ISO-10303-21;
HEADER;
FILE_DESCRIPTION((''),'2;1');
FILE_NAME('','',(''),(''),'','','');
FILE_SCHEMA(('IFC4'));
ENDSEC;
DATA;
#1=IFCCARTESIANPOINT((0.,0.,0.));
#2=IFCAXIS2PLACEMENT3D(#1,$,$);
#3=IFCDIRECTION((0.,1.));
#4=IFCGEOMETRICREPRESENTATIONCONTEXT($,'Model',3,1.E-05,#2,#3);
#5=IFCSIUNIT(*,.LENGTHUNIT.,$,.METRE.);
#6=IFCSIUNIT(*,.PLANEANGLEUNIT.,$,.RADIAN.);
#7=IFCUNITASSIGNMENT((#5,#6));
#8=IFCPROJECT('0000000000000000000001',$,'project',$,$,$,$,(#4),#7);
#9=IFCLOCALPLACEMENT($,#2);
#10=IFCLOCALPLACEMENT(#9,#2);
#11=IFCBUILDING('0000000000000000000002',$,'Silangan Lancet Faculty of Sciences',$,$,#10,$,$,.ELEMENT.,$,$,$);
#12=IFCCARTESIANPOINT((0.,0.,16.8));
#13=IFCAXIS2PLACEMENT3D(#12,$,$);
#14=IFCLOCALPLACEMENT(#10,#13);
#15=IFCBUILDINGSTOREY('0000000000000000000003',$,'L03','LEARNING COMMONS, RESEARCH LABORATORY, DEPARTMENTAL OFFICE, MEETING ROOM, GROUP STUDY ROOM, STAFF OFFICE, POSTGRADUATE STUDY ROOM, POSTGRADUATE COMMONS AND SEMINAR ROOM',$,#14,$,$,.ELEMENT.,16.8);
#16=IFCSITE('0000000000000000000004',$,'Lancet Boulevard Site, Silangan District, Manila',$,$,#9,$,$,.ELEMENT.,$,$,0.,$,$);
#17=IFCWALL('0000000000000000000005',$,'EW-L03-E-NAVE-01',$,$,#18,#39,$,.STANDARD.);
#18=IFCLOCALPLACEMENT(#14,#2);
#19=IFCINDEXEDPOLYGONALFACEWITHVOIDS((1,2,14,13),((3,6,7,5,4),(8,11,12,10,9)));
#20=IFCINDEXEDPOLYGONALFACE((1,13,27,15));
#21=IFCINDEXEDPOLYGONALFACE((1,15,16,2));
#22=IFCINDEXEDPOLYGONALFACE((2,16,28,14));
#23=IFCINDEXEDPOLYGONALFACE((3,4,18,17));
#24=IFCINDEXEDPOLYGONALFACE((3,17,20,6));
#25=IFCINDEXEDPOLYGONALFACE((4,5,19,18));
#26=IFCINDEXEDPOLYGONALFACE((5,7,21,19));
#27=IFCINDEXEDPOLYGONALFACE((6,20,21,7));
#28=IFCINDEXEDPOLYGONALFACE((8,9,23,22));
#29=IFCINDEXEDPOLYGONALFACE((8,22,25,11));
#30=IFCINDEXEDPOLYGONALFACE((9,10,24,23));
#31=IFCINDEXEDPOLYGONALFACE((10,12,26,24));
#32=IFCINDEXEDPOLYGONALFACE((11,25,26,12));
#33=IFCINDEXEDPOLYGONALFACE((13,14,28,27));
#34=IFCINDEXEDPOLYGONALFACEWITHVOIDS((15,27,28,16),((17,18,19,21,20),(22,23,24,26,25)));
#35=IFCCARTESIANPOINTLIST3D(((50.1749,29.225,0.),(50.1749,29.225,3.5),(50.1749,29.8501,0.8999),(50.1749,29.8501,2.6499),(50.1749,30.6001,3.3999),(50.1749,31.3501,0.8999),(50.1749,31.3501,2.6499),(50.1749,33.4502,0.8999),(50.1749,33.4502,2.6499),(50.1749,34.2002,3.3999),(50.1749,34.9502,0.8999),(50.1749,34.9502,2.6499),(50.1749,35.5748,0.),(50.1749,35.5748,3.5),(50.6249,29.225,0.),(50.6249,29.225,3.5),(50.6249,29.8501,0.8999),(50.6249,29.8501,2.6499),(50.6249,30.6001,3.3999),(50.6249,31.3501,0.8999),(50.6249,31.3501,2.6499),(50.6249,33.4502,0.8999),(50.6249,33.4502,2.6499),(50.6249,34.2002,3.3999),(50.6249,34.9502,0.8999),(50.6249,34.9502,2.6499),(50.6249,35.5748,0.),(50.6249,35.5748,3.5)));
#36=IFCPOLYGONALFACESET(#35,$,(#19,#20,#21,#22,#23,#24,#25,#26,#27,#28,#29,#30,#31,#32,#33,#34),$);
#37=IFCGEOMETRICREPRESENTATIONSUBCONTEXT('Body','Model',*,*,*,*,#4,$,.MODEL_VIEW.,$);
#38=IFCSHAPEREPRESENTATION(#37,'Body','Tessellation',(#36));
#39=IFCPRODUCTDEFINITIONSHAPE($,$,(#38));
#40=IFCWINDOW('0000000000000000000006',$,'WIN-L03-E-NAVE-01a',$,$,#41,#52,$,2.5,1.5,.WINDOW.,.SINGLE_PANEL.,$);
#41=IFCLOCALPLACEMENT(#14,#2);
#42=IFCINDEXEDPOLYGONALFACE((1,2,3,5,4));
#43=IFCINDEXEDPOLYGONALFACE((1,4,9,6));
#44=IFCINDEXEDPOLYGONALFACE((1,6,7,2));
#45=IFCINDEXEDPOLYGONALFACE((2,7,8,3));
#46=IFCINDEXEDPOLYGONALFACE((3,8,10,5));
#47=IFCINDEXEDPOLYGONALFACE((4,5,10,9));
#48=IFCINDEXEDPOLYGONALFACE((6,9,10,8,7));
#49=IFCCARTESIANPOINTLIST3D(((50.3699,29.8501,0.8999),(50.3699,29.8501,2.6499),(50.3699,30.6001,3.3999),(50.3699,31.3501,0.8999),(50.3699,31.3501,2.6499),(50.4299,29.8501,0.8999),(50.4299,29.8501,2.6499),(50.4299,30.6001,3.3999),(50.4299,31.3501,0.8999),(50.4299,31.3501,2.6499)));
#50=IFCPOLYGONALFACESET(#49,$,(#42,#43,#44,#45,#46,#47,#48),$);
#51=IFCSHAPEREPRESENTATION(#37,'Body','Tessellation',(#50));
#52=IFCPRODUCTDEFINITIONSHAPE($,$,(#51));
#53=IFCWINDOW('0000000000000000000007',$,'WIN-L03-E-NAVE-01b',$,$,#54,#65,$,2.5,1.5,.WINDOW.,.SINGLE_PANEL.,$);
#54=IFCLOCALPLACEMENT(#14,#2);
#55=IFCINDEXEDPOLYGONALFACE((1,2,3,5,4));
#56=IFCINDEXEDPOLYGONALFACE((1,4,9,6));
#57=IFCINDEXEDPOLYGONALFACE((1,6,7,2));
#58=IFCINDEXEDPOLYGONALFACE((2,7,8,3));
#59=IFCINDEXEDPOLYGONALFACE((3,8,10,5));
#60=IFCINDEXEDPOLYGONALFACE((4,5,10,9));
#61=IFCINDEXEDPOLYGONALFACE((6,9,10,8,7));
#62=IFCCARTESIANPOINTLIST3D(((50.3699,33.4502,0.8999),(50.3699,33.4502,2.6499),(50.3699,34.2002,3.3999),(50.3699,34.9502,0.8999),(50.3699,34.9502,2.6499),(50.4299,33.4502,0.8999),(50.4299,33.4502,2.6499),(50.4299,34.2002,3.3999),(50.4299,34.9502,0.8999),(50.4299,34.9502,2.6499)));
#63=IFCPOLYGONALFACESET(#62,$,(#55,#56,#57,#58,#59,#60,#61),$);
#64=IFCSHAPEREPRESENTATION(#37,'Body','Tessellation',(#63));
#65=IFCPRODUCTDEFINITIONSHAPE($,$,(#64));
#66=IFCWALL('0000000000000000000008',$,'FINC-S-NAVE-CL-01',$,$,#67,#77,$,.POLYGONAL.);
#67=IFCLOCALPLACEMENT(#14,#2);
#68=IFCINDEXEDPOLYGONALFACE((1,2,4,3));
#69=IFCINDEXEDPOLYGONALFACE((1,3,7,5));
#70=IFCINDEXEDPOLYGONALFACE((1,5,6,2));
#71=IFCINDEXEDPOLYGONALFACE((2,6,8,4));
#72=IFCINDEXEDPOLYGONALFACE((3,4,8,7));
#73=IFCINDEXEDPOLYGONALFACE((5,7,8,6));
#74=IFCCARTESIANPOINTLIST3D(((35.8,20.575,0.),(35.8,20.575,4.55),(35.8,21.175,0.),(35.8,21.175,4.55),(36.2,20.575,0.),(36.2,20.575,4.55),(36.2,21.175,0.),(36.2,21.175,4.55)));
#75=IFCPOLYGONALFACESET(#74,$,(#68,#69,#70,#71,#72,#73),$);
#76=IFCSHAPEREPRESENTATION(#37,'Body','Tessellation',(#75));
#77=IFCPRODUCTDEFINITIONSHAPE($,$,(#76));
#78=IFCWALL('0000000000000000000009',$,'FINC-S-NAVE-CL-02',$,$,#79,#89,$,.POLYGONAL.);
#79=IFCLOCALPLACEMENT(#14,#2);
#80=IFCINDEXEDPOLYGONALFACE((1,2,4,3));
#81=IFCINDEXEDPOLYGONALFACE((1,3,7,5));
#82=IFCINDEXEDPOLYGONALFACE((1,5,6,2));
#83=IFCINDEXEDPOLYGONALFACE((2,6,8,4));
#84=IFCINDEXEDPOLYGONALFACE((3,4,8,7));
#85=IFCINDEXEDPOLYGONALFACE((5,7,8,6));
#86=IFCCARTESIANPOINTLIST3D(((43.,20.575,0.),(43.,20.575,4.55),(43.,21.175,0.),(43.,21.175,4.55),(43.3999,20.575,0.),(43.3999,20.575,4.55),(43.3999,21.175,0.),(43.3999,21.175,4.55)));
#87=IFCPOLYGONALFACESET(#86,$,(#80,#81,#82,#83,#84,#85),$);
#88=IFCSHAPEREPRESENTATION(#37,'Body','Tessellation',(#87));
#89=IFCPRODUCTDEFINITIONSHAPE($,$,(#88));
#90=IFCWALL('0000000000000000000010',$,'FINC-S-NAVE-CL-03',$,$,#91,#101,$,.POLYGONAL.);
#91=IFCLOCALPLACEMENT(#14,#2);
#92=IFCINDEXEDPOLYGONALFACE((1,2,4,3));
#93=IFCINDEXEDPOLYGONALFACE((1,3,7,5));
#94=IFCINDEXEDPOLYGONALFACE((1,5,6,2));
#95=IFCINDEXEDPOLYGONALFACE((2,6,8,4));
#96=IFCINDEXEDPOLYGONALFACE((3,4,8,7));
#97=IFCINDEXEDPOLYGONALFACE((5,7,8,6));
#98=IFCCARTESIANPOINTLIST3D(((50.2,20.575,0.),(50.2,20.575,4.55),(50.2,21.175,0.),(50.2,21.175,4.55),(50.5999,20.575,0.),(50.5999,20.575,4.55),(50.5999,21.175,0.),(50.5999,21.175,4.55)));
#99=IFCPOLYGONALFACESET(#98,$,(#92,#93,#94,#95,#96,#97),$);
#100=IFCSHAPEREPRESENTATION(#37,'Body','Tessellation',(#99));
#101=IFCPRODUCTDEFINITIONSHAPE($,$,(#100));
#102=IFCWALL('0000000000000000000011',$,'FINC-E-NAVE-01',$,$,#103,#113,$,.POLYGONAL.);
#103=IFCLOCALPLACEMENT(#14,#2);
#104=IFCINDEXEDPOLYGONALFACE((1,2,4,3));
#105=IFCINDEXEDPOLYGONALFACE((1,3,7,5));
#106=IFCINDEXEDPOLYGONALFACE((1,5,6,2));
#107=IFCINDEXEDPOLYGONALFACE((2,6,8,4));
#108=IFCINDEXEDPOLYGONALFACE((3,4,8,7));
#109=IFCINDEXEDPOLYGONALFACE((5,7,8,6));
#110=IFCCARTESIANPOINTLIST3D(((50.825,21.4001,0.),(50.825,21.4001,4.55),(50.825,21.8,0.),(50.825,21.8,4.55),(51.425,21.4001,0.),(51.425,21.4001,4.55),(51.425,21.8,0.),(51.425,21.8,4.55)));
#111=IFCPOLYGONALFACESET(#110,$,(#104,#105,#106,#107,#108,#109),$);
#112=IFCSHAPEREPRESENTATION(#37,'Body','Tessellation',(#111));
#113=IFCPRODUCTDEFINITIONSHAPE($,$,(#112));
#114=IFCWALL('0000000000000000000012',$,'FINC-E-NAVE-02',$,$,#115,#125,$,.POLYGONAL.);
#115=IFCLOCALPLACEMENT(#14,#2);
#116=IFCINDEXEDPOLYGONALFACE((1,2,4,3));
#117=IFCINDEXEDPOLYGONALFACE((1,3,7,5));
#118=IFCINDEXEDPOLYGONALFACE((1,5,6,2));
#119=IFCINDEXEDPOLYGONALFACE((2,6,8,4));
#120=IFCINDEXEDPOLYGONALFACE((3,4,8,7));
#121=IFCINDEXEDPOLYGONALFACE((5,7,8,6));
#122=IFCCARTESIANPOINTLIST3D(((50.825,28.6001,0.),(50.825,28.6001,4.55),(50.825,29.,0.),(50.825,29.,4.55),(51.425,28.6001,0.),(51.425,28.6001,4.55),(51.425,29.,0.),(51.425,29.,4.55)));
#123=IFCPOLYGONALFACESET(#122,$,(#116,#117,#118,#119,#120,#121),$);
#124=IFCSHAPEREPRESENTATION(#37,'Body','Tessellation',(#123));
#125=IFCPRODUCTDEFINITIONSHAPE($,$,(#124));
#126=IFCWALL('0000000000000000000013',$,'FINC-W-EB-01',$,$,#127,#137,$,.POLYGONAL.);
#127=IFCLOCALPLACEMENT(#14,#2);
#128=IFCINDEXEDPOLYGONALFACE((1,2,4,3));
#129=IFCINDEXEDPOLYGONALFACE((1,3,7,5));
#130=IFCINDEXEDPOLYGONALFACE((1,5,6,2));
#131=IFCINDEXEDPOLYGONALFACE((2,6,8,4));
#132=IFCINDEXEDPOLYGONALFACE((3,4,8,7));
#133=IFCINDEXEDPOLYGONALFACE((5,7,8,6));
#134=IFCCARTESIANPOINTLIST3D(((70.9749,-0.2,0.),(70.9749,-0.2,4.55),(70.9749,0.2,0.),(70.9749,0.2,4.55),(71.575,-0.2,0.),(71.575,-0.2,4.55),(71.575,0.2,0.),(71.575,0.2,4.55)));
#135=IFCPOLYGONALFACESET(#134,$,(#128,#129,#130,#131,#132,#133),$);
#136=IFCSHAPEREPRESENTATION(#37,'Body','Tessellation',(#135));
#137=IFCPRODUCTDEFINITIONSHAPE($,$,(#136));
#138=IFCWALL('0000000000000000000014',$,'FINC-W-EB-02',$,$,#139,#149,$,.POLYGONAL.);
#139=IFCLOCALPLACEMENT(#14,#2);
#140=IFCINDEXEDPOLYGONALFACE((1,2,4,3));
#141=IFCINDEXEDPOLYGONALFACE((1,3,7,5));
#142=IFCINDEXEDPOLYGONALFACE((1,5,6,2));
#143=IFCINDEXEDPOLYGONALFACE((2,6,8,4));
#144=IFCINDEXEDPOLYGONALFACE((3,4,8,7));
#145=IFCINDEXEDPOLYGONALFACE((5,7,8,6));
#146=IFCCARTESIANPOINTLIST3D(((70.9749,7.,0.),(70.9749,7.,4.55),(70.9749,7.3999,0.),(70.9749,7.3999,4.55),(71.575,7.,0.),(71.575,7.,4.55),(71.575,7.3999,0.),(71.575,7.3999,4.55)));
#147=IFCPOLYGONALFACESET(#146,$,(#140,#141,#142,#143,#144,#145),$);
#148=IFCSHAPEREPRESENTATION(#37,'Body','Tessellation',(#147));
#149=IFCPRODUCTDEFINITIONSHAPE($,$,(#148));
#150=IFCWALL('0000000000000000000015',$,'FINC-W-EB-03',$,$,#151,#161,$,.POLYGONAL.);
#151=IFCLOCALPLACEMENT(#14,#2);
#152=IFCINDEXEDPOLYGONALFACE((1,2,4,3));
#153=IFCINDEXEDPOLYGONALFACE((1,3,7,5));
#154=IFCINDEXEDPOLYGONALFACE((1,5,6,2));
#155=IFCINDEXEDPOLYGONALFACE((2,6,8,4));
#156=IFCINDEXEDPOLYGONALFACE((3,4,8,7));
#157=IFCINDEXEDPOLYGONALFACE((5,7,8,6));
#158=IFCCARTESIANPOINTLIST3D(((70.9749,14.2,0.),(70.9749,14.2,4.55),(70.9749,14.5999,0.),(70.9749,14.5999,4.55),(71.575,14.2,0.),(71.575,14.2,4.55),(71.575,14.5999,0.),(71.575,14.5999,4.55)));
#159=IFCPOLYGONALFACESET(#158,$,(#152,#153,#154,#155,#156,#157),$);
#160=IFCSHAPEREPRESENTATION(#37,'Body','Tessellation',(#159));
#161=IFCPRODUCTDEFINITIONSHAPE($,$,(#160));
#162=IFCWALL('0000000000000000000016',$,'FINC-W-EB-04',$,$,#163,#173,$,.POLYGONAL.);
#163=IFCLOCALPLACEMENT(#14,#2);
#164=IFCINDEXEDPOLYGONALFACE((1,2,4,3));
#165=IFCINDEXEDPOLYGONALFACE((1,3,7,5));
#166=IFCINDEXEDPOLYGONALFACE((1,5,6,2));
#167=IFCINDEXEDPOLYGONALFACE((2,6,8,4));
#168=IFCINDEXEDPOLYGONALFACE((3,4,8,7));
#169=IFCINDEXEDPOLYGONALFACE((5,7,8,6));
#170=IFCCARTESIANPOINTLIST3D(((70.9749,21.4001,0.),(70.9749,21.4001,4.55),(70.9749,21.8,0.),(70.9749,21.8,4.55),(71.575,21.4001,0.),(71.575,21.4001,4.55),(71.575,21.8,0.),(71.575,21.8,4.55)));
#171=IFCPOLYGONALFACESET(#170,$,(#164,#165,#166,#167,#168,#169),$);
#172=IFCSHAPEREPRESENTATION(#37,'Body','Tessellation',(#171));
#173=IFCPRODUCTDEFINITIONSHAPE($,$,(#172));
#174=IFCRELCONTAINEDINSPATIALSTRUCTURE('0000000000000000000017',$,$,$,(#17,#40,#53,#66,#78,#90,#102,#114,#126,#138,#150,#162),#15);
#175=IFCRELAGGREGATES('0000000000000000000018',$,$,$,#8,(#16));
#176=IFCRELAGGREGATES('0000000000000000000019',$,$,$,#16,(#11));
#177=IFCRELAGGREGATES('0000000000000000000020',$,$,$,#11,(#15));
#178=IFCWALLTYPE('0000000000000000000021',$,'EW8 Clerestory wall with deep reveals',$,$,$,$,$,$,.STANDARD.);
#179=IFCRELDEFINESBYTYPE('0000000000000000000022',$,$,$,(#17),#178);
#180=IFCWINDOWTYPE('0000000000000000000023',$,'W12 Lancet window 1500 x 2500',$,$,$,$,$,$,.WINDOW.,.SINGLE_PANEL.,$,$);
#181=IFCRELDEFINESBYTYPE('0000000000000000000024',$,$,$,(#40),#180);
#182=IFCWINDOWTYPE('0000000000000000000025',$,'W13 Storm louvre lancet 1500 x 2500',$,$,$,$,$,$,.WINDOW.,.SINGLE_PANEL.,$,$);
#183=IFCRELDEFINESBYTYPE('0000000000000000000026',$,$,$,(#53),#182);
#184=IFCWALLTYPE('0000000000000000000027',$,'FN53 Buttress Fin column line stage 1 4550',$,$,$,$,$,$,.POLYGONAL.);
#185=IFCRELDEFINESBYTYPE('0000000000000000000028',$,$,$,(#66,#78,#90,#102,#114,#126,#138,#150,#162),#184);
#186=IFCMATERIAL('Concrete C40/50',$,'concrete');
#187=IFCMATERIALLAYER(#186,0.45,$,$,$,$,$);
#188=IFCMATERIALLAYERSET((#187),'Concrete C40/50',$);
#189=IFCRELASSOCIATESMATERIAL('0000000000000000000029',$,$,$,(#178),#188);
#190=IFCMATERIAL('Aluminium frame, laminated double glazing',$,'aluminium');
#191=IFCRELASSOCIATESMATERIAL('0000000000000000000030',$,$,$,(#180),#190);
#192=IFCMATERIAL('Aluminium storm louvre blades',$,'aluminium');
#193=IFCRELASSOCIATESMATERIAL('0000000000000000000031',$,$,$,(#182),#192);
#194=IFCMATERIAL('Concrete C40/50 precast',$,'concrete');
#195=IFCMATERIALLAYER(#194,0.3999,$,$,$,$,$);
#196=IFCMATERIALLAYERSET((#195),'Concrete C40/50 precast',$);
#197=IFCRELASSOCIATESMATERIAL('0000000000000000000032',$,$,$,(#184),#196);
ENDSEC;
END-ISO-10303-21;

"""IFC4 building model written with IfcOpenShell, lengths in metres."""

from ifc_helpers import new_model, si_unit, direction, frame, frame_2d, origin, place, context, subcontext, project, spatial, polyline, rectangle, outline, extrude, material, layer, layer_set, type_object, element, fill, save


model = new_model("IFC4")

# Units and contexts
model_context = context("Model", 3, precision=1e-05, world=origin(), true_north=direction((0.0, 1.0)))
body_context = subcontext(model_context, "Body", "Model", "MODEL_VIEW")
ifc_project = project(units=[si_unit("LENGTHUNIT", "METRE"), si_unit("PLANEANGLEUNIT", "RADIAN")], contexts=[model_context])

# Site, building, storey
site_placement = place(None, origin())
site = spatial("IfcSite", under=ifc_project, at=site_placement, Name="Lancet Boulevard Site, Silangan District, Manila", CompositionType="ELEMENT", RefElevation=0.0)
building_placement = place(site_placement, origin())
building = spatial("IfcBuilding", under=site, at=building_placement, Name="Silangan Lancet Faculty of Sciences", CompositionType="ELEMENT")
storey_placement = place(building_placement, frame((0.0, 0.0, 16.8)))
storey = spatial("IfcBuildingStorey", under=building, at=storey_placement, Name="L03", Description="LEARNING COMMONS, RESEARCH LABORATORY, DEPARTMENTAL OFFICE, MEETING ROOM, GROUP STUDY ROOM, STAFF OFFICE, POSTGRADUATE STUDY ROOM, POSTGRADUATE COMMONS AND SEMINAR ROOM", CompositionType="ELEMENT", Elevation=16.8)

# Wall, openings, windows
ifc_material_1 = material(Name="Concrete C40/50", Category="concrete")
ifc_layer_1 = layer(ifc_material_1, 0.45)
ifc_layer_set_1 = layer_set([ifc_layer_1], Name="Concrete C40/50")
wall_type_1 = type_object("IfcWallType", Name="EW8 Clerestory wall with deep reveals", PredefinedType="STANDARD", material=ifc_layer_set_1)
ifc_material_2 = material(Name="Aluminium frame, laminated double glazing", Category="aluminium")
window_type_1 = type_object("IfcWindowType", Name="W12 Lancet window 1500 x 2500", PartitioningType="SINGLE_PANEL", PredefinedType="WINDOW", material=ifc_material_2)
ifc_material_3 = material(Name="Aluminium storm louvre blades", Category="aluminium")
window_type_2 = type_object("IfcWindowType", Name="W13 Storm louvre lancet 1500 x 2500", PartitioningType="SINGLE_PANEL", PredefinedType="WINDOW", material=ifc_material_3)
wall_1_placement = place(storey_placement, frame((50.3999, 29.2251, 0.0), z_axis=(0.0, 0.0, 1.0), x_axis=(0.0, 1.0, 0.0)))
wall_1 = element("IfcWall", 1, at=wall_1_placement, inside=storey, type_object=wall_type_1, Name="EW-L03-E-NAVE-01", PredefinedType="STANDARD", context=body_context, shape_type="SweptSolid", body=[
    extrude(rectangle(XDim=6.3499, YDim=0.45, at=frame_2d((3.1748, 0.0))), origin(), (0.0, 0.0, 1.0), 3.5),
])
opening_1_placement = place(wall_1_placement, frame((0.625, 0.0, 0.8999)))
opening_1 = element("IfcOpeningElement", 2, at=opening_1_placement, cuts=wall_1, PredefinedType="OPENING", context=body_context, shape_type="SweptSolid", body=[
    extrude(outline(polyline([(0.0, 0.0), (1.5, 0.0), (1.5, 1.75), (0.75, 2.5), (0.0, 1.75), (0.0, 0.0)])), frame((0.0, 0.2349, 0.0), z_axis=(0.0, -1.0, 0.0), x_axis=(1.0, 0.0, 0.0)), (0.0, 0.0, 1.0), 0.47),
])
opening_2_placement = place(wall_1_placement, frame((4.2251, 0.0, 0.8999)))
opening_2 = element("IfcOpeningElement", 3, at=opening_2_placement, cuts=wall_1, PredefinedType="OPENING", context=body_context, shape_type="SweptSolid", body=[
    extrude(outline(polyline([(0.0, 0.0), (1.5, 0.0), (1.5, 1.75), (0.75, 2.5), (0.0, 1.75), (0.0, 0.0)])), frame((0.0, 0.2349, 0.0), z_axis=(0.0, -1.0, 0.0), x_axis=(1.0, 0.0, 0.0)), (0.0, 0.0, 1.0), 0.47),
])
window_1_placement = place(opening_1_placement, origin())
window_1 = element("IfcWindow", 4, at=window_1_placement, inside=storey, type_object=window_type_1, Name="WIN-L03-E-NAVE-01a", OverallHeight=2.5, OverallWidth=1.5, PartitioningType="SINGLE_PANEL", PredefinedType="WINDOW", context=body_context, shape_type="SweptSolid", body=[
    extrude(outline(polyline([(0.0, 0.0), (1.5, 0.0), (1.5, 1.75), (0.75, 2.5), (0.0, 1.75), (0.0, 0.0)])), frame((0.0, 0.03, 0.0), z_axis=(0.0, -1.0, 0.0), x_axis=(1.0, 0.0, 0.0)), (0.0, 0.0, 1.0), 0.0601),
])
fill(opening_1, window_1)
window_2_placement = place(opening_2_placement, origin())
window_2 = element("IfcWindow", 5, at=window_2_placement, inside=storey, type_object=window_type_2, Name="WIN-L03-E-NAVE-01b", OverallHeight=2.5, OverallWidth=1.5, PartitioningType="SINGLE_PANEL", PredefinedType="WINDOW", context=body_context, shape_type="SweptSolid", body=[
    extrude(outline(polyline([(0.0, 0.0), (1.5, 0.0), (1.5, 1.75), (0.75, 2.5), (0.0, 1.75), (0.0, 0.0)])), frame((0.0, 0.03, 0.0), z_axis=(0.0, -1.0, 0.0), x_axis=(1.0, 0.0, 0.0)), (0.0, 0.0, 1.0), 0.0601),
])
fill(opening_2, window_2)

# Walls
ifc_material_4 = material(Name="Concrete C40/50 precast", Category="concrete")
ifc_layer_2 = layer(ifc_material_4, 0.3999)
ifc_layer_set_2 = layer_set([ifc_layer_2], Name="Concrete C40/50 precast")
wall_type_2 = type_object("IfcWallType", Name="FN53 Buttress Fin column line stage 1 4550", PredefinedType="POLYGONAL", material=ifc_layer_set_2)
for number, where, z_axis, x_axis, name in (
    (6, (36.0, 21.175, 0.0), (0.0, 0.0, 1.0), (0.0, -1.0, 0.0), "FINC-S-NAVE-CL-01"),
    (7, (43.2, 21.175, 0.0), (0.0, 0.0, 1.0), (0.0, -1.0, 0.0), "FINC-S-NAVE-CL-02"),
    (8, (50.3999, 21.175, 0.0), (0.0, 0.0, 1.0), (0.0, -1.0, 0.0), "FINC-S-NAVE-CL-03"),
    (9, (50.825, 21.6001, 0.0), (0.0, 0.0, 1.0), (1.0, 0.0, 0.0), "FINC-E-NAVE-01"),
    (10, (50.825, 28.8, 0.0), (0.0, 0.0, 1.0), (1.0, 0.0, 0.0), "FINC-E-NAVE-02"),
    (11, (71.575, 0.0, 0.0), (0.0, 0.0, 1.0), (-1.0, 0.0, 0.0), "FINC-W-EB-01"),
    (12, (71.575, 7.2, 0.0), (0.0, 0.0, 1.0), (-1.0, 0.0, 0.0), "FINC-W-EB-02"),
    (13, (71.575, 14.3999, 0.0), (0.0, 0.0, 1.0), (-1.0, 0.0, 0.0), "FINC-W-EB-03"),
    (14, (71.575, 21.6001, 0.0), (0.0, 0.0, 1.0), (-1.0, 0.0, 0.0), "FINC-W-EB-04"),
):
    element("IfcWall", number, at=place(storey_placement, frame(where, z_axis=z_axis, x_axis=x_axis)), inside=storey, type_object=wall_type_2, Name=name, PredefinedType="POLYGONAL", context=body_context, shape_type="SweptSolid", body=[
        extrude(outline(polyline([(0.6001, 0.0), (0.6001, 4.55), (0.0, 4.55), (0.0, 0.0), (0.6001, 0.0)])), frame((0.0, 0.2, 0.0), z_axis=(0.0, -1.0, 0.0), x_axis=(1.0, 0.0, 0.0)), (0.0, 0.0, 1.0), 0.3999),
    ])

save(model, "model.ifc")
